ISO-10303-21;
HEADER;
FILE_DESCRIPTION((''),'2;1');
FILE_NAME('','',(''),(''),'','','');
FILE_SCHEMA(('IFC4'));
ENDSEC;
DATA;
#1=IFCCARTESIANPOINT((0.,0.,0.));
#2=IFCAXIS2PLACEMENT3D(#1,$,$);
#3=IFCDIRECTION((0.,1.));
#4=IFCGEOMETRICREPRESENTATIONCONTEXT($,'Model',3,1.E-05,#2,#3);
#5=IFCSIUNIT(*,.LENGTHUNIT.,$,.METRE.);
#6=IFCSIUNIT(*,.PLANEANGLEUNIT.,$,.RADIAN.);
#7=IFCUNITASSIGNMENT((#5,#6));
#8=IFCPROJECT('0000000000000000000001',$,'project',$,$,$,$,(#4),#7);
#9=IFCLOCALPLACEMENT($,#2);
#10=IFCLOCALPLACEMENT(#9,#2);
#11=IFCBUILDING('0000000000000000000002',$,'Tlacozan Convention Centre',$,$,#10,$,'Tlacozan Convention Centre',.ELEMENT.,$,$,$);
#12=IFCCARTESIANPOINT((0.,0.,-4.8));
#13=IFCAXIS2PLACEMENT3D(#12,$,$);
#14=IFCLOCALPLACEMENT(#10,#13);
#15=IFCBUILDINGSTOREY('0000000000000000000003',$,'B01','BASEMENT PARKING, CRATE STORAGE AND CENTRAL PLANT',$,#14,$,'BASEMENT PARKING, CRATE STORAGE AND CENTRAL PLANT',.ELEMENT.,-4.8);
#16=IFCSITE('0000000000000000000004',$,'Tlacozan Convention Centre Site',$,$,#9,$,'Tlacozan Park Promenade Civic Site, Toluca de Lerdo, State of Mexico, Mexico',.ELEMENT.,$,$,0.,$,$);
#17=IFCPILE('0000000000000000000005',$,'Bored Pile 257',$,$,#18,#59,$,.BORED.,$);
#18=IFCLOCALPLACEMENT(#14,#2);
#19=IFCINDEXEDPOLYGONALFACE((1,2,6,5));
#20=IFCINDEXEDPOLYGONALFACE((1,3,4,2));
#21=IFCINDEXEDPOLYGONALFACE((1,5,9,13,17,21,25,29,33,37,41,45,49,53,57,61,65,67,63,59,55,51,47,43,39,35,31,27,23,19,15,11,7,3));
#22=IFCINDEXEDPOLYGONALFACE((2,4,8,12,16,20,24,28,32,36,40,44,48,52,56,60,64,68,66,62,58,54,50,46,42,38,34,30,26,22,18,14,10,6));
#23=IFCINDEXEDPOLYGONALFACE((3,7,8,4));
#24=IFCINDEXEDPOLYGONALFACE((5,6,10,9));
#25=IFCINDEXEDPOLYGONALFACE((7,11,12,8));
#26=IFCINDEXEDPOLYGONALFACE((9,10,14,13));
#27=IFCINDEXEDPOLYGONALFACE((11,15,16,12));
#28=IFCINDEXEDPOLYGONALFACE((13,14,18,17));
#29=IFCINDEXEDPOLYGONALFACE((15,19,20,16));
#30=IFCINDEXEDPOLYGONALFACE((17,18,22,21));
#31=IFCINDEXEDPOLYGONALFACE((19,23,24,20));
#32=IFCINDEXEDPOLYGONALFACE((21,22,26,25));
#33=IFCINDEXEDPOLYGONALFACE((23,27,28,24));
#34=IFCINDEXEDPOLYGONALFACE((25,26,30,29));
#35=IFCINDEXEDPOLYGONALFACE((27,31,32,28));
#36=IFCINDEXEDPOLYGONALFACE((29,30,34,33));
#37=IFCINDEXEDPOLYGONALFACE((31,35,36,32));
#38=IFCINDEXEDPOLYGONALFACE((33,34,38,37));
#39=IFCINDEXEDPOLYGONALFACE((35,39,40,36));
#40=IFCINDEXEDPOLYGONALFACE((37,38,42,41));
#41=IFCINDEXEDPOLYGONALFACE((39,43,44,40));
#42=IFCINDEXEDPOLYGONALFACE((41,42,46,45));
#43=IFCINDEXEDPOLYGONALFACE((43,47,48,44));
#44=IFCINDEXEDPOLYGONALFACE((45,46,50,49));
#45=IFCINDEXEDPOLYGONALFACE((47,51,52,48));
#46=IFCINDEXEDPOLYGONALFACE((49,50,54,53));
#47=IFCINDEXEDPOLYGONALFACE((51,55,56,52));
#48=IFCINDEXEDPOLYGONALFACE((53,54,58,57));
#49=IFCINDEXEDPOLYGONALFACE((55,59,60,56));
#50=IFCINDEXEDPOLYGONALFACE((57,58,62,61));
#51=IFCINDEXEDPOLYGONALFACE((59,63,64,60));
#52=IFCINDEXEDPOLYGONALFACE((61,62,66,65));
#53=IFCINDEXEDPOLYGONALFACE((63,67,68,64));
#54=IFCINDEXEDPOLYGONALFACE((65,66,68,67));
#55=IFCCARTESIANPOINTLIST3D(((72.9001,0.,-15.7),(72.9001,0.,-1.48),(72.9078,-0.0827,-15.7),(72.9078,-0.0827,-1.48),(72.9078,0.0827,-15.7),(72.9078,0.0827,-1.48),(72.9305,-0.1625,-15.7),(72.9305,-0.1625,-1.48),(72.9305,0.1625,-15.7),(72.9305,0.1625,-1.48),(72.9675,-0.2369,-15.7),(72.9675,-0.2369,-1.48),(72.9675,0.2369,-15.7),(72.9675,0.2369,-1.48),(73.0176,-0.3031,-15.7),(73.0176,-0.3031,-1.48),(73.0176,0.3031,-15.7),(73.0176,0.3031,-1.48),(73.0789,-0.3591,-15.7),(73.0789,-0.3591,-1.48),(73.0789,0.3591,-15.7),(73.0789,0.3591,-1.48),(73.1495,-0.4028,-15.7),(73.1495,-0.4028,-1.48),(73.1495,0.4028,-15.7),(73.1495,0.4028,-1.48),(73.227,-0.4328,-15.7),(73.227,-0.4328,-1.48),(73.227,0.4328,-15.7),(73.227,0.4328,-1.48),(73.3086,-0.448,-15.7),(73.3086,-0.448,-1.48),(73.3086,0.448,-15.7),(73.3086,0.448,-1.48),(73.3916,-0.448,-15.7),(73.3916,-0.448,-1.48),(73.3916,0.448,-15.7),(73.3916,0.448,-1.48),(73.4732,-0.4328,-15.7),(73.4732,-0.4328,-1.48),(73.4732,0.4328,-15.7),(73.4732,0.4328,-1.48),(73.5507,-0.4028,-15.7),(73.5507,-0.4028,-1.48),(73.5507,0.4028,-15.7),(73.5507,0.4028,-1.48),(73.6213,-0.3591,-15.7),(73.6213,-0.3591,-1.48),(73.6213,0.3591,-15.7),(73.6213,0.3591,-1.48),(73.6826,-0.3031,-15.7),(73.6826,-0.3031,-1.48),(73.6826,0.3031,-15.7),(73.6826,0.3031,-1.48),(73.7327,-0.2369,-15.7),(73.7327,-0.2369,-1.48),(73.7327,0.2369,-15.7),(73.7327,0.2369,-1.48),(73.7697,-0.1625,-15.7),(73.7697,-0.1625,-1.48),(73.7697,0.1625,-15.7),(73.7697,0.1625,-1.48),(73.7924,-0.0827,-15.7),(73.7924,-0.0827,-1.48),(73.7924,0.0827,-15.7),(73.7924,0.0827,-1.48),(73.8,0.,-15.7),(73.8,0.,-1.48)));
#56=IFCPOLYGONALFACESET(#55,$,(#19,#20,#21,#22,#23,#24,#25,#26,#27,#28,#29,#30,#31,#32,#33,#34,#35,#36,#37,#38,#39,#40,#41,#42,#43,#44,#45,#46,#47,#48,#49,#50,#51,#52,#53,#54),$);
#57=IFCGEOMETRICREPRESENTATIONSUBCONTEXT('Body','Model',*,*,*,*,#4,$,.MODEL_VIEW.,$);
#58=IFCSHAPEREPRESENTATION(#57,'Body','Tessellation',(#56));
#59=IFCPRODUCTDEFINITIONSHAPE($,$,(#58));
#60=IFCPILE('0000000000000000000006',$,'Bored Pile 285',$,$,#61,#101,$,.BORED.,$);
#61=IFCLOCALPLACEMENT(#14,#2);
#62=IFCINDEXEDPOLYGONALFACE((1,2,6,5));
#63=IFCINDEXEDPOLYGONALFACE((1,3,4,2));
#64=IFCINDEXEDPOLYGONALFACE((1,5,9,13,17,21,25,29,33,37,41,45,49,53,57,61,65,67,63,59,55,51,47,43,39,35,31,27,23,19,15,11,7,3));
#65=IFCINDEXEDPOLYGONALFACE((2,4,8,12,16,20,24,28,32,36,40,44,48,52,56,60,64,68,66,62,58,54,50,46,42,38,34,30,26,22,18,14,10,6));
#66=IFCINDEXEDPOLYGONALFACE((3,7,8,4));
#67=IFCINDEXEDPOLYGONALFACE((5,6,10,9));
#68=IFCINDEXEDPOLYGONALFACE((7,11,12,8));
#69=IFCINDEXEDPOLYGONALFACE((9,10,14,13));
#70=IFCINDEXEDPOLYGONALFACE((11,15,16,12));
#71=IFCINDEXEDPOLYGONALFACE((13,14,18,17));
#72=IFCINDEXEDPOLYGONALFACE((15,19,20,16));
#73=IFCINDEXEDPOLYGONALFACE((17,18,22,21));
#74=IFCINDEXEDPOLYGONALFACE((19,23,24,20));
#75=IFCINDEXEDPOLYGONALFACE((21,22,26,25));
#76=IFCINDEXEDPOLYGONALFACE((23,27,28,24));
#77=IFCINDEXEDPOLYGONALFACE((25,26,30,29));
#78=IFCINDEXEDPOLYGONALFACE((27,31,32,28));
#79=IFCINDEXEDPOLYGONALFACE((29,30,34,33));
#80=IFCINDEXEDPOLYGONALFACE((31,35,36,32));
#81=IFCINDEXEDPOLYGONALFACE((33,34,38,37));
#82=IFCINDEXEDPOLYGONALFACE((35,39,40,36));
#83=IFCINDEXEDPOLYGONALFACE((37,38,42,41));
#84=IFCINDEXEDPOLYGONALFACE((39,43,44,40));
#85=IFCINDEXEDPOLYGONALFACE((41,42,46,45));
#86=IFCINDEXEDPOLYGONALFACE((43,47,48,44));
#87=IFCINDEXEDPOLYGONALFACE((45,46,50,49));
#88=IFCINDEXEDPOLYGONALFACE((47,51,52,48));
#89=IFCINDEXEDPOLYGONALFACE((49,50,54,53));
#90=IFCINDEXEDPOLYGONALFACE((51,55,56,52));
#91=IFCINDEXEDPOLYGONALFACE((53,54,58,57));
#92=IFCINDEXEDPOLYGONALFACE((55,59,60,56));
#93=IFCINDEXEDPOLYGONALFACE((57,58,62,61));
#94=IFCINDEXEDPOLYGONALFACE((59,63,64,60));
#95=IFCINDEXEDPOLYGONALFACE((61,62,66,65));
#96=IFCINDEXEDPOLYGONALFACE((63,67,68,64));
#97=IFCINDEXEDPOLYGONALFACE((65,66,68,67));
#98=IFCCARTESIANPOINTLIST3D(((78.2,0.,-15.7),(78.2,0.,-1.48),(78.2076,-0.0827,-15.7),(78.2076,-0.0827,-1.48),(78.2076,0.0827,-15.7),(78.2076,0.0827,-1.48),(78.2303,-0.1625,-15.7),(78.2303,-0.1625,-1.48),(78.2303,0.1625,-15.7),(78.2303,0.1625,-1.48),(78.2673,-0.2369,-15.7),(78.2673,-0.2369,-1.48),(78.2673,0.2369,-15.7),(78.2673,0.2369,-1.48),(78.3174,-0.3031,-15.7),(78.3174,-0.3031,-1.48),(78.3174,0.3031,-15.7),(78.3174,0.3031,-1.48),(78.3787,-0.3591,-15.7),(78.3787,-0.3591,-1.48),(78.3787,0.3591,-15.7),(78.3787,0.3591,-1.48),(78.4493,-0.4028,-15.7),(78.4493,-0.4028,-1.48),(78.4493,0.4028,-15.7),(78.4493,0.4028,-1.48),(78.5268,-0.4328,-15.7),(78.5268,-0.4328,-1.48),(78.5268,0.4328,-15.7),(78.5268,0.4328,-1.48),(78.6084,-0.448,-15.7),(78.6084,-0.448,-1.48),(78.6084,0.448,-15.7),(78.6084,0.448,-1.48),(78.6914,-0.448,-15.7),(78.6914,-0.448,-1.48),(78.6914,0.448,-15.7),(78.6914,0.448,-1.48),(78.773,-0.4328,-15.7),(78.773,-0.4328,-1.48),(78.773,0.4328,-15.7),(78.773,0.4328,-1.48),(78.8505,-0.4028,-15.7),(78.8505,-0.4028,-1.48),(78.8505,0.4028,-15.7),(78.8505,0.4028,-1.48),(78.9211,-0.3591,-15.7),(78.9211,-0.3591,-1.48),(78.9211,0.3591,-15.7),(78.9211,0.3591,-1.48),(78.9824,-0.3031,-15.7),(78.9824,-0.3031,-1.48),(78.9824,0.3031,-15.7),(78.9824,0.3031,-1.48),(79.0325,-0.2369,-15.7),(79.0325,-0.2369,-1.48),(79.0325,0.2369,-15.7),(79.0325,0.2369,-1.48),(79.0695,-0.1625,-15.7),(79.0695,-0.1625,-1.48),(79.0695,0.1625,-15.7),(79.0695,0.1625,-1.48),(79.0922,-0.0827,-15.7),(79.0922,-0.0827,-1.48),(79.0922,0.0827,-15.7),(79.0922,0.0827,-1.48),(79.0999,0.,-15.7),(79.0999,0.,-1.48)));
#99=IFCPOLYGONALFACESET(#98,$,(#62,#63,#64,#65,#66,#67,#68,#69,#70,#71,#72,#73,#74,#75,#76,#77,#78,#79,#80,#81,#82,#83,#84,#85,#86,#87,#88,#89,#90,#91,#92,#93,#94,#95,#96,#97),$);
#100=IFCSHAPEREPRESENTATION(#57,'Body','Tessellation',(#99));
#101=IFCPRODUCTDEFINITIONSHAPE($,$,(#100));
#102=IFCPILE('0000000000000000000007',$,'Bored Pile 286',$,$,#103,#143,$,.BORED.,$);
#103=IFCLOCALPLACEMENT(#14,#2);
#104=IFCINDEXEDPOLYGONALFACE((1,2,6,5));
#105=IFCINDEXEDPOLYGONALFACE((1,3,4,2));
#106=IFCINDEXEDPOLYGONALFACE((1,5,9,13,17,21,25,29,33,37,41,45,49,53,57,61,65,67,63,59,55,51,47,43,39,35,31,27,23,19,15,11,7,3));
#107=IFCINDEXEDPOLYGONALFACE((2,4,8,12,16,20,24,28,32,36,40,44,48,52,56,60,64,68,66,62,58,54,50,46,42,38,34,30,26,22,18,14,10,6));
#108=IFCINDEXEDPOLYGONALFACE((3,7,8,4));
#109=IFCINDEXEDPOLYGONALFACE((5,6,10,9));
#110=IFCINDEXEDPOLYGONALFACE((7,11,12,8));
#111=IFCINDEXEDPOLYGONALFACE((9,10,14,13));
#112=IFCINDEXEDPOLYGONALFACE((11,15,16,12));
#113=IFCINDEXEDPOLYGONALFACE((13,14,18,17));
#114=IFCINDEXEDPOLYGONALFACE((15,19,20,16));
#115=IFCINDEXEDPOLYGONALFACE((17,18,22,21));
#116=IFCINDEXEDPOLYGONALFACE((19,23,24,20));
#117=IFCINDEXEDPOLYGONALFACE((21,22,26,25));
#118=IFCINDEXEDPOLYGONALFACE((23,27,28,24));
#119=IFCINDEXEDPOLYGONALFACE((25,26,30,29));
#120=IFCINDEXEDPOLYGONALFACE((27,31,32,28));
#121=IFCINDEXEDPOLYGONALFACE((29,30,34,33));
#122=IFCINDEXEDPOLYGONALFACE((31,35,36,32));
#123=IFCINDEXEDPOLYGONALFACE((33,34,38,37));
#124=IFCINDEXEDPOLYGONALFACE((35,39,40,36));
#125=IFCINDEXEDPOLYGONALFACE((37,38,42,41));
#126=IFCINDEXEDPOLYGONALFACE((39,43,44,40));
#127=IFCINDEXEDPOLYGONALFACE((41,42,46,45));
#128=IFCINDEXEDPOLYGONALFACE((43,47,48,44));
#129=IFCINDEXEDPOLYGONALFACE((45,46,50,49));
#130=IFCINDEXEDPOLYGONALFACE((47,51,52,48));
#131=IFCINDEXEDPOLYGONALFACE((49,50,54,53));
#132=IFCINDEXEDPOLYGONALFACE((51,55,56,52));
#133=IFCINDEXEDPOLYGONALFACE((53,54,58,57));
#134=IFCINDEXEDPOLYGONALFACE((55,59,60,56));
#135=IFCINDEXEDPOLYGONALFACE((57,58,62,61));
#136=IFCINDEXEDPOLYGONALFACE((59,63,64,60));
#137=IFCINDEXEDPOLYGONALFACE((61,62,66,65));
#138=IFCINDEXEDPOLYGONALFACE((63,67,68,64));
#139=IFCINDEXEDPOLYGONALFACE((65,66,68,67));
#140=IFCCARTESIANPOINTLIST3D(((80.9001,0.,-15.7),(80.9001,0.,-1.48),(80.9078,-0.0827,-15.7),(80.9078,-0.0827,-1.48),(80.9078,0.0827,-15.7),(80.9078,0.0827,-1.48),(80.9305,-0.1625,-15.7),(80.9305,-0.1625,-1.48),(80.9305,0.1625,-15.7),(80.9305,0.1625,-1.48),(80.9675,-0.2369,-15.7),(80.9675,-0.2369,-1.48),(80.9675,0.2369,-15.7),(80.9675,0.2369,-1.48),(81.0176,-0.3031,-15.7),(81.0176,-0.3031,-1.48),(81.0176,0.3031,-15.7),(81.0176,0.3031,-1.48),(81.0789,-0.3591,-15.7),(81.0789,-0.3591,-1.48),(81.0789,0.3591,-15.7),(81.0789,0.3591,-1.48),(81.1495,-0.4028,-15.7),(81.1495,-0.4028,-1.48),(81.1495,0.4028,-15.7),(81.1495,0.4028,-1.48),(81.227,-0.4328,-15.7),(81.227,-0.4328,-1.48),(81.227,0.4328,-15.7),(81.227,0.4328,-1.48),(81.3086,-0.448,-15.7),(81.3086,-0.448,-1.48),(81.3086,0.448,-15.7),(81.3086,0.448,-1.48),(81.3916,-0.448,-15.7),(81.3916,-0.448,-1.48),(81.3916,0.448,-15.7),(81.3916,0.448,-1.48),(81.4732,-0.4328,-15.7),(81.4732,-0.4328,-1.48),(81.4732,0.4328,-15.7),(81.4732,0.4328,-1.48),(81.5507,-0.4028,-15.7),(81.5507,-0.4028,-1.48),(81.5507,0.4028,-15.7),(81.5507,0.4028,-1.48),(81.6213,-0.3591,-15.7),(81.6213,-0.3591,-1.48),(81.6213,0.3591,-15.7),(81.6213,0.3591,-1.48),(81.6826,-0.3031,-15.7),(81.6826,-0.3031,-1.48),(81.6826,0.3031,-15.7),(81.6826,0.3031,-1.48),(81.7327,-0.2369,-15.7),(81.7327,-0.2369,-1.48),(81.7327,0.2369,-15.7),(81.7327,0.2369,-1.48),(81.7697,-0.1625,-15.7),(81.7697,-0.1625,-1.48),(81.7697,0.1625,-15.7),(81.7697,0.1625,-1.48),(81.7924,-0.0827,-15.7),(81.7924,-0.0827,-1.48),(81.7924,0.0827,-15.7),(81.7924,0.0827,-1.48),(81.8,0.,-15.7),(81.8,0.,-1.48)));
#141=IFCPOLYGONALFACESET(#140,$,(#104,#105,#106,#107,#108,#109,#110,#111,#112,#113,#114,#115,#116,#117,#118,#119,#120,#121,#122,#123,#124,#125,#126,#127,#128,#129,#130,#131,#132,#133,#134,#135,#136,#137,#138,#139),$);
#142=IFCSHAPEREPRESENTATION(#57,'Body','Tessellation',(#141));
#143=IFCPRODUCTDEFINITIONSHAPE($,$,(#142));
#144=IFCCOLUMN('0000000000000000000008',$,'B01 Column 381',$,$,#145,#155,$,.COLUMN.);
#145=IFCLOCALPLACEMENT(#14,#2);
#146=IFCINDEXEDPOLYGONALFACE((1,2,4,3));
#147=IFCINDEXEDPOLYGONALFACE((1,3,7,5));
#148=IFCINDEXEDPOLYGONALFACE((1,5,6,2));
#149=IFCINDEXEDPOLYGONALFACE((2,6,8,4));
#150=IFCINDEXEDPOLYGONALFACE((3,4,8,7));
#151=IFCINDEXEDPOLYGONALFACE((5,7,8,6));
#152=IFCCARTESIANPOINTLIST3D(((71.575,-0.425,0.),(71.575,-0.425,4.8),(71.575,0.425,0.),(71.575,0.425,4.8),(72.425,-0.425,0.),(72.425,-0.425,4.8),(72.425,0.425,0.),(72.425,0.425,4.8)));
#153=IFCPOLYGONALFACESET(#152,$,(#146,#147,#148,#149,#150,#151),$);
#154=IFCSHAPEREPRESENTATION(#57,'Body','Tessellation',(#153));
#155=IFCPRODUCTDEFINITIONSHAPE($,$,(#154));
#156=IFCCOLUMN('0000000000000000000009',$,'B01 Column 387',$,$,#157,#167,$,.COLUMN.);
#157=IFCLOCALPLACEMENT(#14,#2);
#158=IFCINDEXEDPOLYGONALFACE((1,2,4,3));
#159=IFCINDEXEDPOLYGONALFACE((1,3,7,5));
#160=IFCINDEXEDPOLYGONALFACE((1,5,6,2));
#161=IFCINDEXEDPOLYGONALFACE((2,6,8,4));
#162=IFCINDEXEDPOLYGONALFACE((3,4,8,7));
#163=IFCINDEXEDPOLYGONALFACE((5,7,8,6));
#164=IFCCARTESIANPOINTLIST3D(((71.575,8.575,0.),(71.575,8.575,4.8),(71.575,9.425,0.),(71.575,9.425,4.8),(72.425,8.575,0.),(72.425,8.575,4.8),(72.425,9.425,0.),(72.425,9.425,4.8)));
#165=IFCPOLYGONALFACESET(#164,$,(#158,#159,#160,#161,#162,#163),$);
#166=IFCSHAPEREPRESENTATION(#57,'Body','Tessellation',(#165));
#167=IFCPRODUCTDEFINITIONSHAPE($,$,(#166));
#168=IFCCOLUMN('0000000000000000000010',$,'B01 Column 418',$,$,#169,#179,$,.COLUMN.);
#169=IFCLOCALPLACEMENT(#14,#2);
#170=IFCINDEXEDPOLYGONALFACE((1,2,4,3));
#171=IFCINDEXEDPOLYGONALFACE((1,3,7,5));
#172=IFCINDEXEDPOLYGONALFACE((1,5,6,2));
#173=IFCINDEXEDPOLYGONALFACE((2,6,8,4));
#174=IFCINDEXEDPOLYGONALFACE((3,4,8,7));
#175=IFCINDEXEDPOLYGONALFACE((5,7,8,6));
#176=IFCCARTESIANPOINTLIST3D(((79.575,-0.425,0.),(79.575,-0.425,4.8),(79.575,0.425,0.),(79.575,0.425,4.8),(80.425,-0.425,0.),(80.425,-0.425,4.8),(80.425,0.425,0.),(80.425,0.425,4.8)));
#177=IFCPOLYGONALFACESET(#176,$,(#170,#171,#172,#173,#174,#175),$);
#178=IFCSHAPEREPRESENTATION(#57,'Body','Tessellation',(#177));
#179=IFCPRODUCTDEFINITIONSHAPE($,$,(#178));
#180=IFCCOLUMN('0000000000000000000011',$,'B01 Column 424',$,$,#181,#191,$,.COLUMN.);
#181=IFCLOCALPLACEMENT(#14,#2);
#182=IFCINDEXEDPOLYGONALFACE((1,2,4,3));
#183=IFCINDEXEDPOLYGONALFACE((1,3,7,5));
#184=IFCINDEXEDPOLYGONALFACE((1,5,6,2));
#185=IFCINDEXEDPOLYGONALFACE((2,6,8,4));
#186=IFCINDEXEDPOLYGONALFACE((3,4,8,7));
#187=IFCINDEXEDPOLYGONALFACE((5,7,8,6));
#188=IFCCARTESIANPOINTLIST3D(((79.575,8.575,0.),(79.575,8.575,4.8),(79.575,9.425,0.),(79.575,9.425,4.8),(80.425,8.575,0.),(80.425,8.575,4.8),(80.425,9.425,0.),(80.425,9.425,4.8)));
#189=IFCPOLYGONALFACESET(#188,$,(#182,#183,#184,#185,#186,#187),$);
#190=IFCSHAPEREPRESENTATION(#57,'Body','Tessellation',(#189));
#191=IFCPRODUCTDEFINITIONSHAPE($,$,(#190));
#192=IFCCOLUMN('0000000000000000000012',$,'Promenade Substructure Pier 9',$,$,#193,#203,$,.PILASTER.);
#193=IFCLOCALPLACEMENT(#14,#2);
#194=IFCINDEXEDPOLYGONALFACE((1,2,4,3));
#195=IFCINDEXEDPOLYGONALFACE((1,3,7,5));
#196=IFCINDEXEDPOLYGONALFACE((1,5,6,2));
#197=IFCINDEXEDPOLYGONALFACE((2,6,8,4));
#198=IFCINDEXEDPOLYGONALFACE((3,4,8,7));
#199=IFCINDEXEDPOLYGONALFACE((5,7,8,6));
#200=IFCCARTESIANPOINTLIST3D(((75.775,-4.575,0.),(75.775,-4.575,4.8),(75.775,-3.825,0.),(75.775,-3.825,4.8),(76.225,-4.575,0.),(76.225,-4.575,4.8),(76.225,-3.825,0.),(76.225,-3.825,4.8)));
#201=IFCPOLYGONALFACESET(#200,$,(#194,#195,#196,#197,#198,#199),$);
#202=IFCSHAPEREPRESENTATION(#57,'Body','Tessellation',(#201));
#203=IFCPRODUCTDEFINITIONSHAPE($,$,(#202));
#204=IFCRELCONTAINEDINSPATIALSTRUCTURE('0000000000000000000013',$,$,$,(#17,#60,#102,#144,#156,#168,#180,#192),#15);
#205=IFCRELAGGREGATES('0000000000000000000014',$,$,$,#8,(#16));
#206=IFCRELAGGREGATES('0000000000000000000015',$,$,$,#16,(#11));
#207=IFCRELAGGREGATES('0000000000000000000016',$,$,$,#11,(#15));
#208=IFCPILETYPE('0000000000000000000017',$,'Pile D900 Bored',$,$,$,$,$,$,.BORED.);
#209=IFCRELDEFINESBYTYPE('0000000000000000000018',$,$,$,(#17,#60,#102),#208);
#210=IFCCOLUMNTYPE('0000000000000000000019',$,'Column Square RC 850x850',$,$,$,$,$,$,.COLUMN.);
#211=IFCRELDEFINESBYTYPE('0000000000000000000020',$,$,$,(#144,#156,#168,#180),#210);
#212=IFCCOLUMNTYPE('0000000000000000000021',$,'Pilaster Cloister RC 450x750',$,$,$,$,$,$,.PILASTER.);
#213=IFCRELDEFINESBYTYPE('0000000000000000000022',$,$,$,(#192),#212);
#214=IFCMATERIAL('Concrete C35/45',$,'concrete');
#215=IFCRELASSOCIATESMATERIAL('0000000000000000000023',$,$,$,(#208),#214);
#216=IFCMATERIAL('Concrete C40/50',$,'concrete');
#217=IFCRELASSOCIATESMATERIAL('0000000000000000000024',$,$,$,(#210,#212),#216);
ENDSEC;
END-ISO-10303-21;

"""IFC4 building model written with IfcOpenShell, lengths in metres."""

from ifc_helpers import new_model, si_unit, direction, frame, origin, origin_2d, place, context, subcontext, project, spatial, rectangle, circle, extrude, material, material_profile, profile_set, type_object, element, save


model = new_model("IFC4")

# Units and contexts
model_context = context("Model", 3, precision=1e-05, world=origin(), true_north=direction((0.0, 1.0)))
body_context = subcontext(model_context, "Body", "Model", "MODEL_VIEW")
ifc_project = project(units=[si_unit("LENGTHUNIT", "METRE"), si_unit("PLANEANGLEUNIT", "RADIAN")], contexts=[model_context])

# Site, building, storey
site_placement = place(None, origin())
site = spatial("IfcSite", under=ifc_project, at=site_placement, Name="Tlacozan Convention Centre Site", LongName="Tlacozan Park Promenade Civic Site, Toluca de Lerdo, State of Mexico, Mexico", CompositionType="ELEMENT", RefElevation=0.0)
building_placement = place(site_placement, origin())
building = spatial("IfcBuilding", under=site, at=building_placement, Name="Tlacozan Convention Centre", LongName="Tlacozan Convention Centre", CompositionType="ELEMENT")
storey_placement = place(building_placement, frame((0.0, 0.0, -4.8)))
storey = spatial("IfcBuildingStorey", under=building, at=storey_placement, Name="B01", Description="BASEMENT PARKING, CRATE STORAGE AND CENTRAL PLANT", LongName="BASEMENT PARKING, CRATE STORAGE AND CENTRAL PLANT", CompositionType="ELEMENT", Elevation=-4.8)

# Shared definitions
ifc_material_1 = material(Name="Concrete C35/45", Category="concrete")

# Piles
ifc_material_profile_1 = material_profile(ifc_material_1, circle(Radius=0.45, at=origin_2d()), Name="PILE D900")
ifc_profile_set_1 = profile_set([ifc_material_profile_1], Name="Concrete C35/45")
pile_type_1 = type_object("IfcPileType", Name="Pile D900 Bored", PredefinedType="BORED", material=ifc_profile_set_1)
for number, where, z_axis, x_axis, name in (
    (1, (73.3501, 0.0, -1.48), (0.0, 0.0, -1.0), (1.0, 0.0, 0.0), "Bored Pile 257"),
    (2, (78.6499, 0.0, -1.48), (0.0, 0.0, -1.0), (1.0, 0.0, 0.0), "Bored Pile 285"),
    (3, (81.3501, 0.0, -1.48), (0.0, 0.0, -1.0), (1.0, 0.0, 0.0), "Bored Pile 286"),
):
    element("IfcPile", number, at=place(storey_placement, frame(where, z_axis=z_axis, x_axis=x_axis)), inside=storey, type_object=pile_type_1, Name=name, PredefinedType="BORED", context=body_context, shape_type="SweptSolid", body=[
        extrude(circle(Radius=0.45, at=origin_2d()), origin(), (0.0, 0.0, 1.0), 14.22),
    ])

# Columns
ifc_material_2 = material(Name="Concrete C40/50", Category="concrete")
ifc_material_profile_2 = material_profile(ifc_material_2, rectangle(XDim=0.8501, YDim=0.8501, at=origin_2d()), Name="RC 850x850")
ifc_profile_set_2 = profile_set([ifc_material_profile_2], Name="Concrete C40/50")
column_type_1 = type_object("IfcColumnType", Name="Column Square RC 850x850", PredefinedType="COLUMN", material=ifc_profile_set_2)
for number, where, z_axis, x_axis, name in (
    (4, (72.0, 0.0, 0.0), (0.0, 0.0, 1.0), (1.0, 0.0, 0.0), "B01 Column 381"),
    (5, (72.0, 9.0, 0.0), (0.0, 0.0, 1.0), (1.0, 0.0, 0.0), "B01 Column 387"),
    (6, (80.0, 0.0, 0.0), (0.0, 0.0, 1.0), (1.0, 0.0, 0.0), "B01 Column 418"),
    (7, (80.0, 9.0, 0.0), (0.0, 0.0, 1.0), (1.0, 0.0, 0.0), "B01 Column 424"),
):
    element("IfcColumn", number, at=place(storey_placement, frame(where, z_axis=z_axis, x_axis=x_axis)), inside=storey, type_object=column_type_1, Name=name, PredefinedType="COLUMN", context=body_context, shape_type="SweptSolid", body=[
        extrude(rectangle(XDim=0.8501, YDim=0.8501, at=origin_2d()), origin(), (0.0, 0.0, 1.0), 4.8),
    ])
ifc_material_profile_3 = material_profile(ifc_material_2, rectangle(XDim=0.45, YDim=0.75, at=origin_2d()), Name="RC 450x750")
ifc_profile_set_3 = profile_set([ifc_material_profile_3], Name="Concrete C40/50")
column_type_2 = type_object("IfcColumnType", Name="Pilaster Cloister RC 450x750", PredefinedType="PILASTER", material=ifc_profile_set_3)
column_placement = place(storey_placement, frame((76.0, -4.2, 0.0), z_axis=(0.0, 0.0, 1.0), x_axis=(1.0, 0.0, 0.0)))
element("IfcColumn", 8, at=column_placement, inside=storey, type_object=column_type_2, Name="Promenade Substructure Pier 9", PredefinedType="PILASTER", context=body_context, shape_type="SweptSolid", body=[
    extrude(rectangle(XDim=0.45, YDim=0.75, at=origin_2d()), origin(), (0.0, 0.0, 1.0), 4.8),
])

save(model, "model.ifc")
